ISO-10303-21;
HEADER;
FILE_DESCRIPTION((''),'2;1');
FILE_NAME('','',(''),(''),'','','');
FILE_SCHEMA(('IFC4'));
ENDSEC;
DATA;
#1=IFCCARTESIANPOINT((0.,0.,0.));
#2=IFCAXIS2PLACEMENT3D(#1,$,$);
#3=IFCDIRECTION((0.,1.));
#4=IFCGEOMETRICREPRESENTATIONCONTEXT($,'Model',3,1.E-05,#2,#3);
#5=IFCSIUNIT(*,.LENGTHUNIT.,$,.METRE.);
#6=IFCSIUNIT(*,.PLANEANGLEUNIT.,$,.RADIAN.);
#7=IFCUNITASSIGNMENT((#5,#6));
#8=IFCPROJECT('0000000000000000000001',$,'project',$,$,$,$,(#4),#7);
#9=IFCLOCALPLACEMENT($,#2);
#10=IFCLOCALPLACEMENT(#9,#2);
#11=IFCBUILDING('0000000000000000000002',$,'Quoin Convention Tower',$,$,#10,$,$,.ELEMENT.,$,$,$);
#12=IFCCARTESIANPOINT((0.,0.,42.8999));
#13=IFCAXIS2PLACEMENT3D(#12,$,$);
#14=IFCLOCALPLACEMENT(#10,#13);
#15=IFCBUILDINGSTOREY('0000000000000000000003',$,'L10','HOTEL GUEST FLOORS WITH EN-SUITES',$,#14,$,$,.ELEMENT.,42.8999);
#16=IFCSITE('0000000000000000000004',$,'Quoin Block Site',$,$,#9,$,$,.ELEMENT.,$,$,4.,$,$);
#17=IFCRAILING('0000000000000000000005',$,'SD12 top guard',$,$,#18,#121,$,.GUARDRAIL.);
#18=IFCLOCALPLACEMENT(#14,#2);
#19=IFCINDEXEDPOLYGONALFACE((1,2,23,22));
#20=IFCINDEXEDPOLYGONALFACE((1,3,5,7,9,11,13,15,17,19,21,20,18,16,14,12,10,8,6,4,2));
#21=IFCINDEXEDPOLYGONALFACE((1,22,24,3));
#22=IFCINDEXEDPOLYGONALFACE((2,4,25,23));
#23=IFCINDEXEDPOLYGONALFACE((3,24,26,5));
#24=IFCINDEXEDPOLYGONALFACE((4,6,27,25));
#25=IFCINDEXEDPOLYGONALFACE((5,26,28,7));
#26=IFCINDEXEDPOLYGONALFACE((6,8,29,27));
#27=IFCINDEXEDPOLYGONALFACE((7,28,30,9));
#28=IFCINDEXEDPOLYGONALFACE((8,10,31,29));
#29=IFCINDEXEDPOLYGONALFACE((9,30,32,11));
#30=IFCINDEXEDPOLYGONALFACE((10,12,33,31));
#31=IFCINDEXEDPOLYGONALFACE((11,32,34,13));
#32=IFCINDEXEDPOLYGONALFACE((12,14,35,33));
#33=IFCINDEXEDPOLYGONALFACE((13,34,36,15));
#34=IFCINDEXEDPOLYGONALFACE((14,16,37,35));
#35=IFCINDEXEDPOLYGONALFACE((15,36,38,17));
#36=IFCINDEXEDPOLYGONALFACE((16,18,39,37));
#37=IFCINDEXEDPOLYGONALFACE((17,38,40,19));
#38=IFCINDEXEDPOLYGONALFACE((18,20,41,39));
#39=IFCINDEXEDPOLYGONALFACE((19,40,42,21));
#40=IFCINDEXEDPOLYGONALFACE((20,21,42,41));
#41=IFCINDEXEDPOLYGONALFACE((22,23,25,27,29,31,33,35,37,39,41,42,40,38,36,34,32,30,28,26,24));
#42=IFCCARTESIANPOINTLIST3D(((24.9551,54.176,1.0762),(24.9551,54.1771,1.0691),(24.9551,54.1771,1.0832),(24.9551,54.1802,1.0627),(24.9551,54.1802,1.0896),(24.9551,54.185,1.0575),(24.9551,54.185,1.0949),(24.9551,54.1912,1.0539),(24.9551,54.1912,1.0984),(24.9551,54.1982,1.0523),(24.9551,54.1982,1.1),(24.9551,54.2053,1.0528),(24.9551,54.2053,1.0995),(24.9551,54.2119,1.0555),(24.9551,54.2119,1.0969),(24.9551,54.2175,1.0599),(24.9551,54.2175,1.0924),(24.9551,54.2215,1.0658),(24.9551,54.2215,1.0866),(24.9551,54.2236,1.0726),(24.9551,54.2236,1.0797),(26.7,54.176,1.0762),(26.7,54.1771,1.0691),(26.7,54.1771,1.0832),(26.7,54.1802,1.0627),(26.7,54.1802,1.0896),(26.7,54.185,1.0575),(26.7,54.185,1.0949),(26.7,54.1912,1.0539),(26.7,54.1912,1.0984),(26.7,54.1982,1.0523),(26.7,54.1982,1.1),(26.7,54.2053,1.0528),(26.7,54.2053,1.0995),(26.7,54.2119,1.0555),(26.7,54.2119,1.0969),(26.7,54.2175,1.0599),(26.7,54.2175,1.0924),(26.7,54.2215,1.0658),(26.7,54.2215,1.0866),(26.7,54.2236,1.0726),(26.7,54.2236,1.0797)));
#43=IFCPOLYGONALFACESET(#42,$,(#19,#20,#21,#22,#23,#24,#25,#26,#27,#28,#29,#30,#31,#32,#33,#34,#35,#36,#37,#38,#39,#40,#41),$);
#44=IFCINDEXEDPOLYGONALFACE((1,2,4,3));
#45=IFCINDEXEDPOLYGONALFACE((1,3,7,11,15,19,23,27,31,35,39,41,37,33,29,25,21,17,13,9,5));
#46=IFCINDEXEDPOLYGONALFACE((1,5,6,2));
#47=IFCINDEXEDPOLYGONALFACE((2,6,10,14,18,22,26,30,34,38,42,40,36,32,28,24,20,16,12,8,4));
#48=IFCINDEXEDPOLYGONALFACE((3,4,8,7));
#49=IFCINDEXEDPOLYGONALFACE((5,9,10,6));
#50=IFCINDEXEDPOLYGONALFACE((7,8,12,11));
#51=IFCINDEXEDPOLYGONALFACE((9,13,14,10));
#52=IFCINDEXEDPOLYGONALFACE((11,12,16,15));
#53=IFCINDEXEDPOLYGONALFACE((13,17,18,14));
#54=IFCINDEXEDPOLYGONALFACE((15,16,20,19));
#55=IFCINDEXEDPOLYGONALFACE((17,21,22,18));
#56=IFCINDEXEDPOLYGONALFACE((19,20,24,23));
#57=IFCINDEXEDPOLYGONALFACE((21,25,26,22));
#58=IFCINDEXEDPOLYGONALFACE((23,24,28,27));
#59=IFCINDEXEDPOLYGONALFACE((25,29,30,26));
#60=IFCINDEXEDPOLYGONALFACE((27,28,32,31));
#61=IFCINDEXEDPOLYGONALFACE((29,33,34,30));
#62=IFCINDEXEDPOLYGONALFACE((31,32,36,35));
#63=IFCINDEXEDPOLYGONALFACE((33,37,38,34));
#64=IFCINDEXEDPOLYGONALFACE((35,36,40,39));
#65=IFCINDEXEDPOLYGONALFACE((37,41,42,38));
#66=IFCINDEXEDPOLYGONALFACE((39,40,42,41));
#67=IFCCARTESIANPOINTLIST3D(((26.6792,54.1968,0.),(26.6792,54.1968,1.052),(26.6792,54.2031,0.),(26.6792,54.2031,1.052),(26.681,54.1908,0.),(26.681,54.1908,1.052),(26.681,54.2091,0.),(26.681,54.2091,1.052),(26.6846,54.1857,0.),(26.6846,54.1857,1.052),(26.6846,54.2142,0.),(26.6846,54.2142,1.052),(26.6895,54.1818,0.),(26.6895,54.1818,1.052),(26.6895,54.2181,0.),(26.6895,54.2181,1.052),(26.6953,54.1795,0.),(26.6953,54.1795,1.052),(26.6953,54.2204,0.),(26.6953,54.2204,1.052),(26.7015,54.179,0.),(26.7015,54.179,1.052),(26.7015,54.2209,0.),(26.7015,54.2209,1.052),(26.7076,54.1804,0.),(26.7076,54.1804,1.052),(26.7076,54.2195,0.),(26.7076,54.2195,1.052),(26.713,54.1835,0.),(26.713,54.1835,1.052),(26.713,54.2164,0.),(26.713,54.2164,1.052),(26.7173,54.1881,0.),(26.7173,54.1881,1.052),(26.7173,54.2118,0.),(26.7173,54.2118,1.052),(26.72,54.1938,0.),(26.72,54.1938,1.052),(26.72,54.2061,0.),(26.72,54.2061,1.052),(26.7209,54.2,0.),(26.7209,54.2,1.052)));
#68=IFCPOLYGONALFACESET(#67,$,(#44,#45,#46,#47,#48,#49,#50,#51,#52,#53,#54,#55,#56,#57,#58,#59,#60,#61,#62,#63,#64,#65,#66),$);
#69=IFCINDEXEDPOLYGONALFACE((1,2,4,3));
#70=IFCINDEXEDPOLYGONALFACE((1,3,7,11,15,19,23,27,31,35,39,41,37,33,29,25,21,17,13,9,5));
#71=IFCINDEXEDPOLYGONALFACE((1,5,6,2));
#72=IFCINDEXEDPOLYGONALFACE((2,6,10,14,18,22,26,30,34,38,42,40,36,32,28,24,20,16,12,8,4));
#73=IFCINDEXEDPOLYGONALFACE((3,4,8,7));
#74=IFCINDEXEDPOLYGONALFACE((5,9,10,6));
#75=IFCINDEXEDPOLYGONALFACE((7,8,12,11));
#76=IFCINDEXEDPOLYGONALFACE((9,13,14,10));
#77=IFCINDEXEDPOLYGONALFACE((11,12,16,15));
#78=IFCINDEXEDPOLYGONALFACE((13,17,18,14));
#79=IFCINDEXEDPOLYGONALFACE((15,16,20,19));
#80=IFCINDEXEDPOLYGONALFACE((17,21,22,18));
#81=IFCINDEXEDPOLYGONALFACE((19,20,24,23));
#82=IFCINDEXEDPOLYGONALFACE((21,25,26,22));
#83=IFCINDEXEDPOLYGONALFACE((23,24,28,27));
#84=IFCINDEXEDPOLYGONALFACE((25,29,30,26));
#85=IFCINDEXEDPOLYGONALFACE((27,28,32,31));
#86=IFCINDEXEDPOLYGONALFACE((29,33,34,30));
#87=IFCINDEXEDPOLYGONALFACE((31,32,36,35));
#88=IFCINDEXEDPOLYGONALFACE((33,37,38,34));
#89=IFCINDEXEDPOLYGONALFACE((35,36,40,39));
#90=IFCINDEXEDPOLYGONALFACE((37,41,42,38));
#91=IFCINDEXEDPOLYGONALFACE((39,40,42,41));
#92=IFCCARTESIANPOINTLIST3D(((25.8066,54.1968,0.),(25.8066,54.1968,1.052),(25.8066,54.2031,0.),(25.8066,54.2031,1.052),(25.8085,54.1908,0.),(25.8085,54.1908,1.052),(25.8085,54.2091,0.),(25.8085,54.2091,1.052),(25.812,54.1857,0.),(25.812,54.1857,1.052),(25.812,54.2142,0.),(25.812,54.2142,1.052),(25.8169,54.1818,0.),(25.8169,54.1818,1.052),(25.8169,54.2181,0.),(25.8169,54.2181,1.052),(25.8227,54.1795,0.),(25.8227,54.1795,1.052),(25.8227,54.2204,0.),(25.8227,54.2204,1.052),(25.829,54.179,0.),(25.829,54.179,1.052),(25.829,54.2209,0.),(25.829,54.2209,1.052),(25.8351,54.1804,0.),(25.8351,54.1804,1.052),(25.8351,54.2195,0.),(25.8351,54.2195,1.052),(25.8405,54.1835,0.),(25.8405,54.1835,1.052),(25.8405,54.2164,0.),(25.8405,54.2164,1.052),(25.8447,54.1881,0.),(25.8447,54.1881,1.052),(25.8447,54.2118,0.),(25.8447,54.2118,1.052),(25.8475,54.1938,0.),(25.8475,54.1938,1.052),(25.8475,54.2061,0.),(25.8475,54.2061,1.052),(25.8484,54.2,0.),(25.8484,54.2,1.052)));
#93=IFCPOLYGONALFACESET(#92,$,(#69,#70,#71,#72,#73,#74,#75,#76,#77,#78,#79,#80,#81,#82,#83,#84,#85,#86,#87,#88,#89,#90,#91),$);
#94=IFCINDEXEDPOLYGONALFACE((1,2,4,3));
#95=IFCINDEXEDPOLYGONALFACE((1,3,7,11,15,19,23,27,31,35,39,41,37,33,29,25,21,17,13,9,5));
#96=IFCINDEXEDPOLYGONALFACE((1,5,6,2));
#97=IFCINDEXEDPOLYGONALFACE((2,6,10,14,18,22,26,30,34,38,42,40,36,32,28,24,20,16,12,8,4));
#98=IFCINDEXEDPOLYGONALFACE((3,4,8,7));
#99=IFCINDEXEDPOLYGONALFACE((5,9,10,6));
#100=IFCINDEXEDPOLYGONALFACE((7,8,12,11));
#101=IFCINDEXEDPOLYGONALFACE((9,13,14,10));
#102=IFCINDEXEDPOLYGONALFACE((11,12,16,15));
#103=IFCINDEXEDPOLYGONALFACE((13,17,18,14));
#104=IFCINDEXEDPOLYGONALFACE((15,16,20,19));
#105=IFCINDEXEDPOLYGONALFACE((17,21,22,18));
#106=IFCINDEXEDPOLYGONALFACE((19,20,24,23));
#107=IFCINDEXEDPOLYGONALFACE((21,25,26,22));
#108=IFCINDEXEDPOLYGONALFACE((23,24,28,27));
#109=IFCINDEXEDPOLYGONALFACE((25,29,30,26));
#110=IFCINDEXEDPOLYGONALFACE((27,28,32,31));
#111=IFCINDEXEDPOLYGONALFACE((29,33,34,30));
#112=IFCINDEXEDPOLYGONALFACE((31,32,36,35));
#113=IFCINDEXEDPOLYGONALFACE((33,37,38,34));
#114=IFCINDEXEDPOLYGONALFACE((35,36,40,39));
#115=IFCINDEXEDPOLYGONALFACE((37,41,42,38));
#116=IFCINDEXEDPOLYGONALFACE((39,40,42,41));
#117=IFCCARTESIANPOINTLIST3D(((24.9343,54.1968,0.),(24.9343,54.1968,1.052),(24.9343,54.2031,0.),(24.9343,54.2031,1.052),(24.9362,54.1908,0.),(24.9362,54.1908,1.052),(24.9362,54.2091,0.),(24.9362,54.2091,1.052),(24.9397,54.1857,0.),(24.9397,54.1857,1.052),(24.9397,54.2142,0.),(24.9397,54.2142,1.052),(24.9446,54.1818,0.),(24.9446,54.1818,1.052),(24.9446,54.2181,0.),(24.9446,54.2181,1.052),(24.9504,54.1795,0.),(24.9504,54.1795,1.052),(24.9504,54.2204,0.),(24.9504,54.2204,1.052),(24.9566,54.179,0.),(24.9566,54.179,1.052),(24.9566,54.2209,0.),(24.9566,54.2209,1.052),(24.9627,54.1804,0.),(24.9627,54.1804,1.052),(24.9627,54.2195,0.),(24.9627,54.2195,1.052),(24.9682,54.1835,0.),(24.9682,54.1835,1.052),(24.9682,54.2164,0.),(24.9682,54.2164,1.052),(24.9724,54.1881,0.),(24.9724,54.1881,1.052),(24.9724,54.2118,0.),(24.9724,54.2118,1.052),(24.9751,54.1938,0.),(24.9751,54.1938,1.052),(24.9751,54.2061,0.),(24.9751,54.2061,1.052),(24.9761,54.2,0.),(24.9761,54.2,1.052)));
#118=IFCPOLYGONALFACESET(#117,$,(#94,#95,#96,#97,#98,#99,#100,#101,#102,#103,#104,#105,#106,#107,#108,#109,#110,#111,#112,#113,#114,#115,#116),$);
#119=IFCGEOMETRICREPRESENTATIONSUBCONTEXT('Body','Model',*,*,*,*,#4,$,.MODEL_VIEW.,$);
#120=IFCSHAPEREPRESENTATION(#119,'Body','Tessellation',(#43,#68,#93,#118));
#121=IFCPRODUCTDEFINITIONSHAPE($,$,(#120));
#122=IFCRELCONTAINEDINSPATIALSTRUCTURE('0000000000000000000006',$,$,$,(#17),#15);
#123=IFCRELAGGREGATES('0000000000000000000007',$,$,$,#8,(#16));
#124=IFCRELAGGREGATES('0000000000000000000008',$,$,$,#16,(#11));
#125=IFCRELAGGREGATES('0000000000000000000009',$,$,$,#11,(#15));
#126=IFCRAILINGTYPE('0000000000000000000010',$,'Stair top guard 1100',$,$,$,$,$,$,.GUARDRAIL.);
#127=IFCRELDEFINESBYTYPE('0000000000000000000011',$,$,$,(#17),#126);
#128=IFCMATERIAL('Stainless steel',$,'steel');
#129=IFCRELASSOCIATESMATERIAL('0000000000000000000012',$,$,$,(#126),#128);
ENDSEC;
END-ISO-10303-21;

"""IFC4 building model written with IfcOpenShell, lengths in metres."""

from ifc_helpers import new_model, si_unit, direction, frame, origin, origin_2d, place, context, subcontext, project, spatial, circle, extrude, material, type_object, element, save


model = new_model("IFC4")

# Units and contexts
model_context = context("Model", 3, precision=1e-05, world=origin(), true_north=direction((0.0, 1.0)))
body_context = subcontext(model_context, "Body", "Model", "MODEL_VIEW")
ifc_project = project(units=[si_unit("LENGTHUNIT", "METRE"), si_unit("PLANEANGLEUNIT", "RADIAN")], contexts=[model_context])

# Site, building, storey
site_placement = place(None, origin())
site = spatial("IfcSite", under=ifc_project, at=site_placement, Name="Quoin Block Site", CompositionType="ELEMENT", RefElevation=4.0)
building_placement = place(site_placement, origin())
building = spatial("IfcBuilding", under=site, at=building_placement, Name="Quoin Convention Tower", CompositionType="ELEMENT")
storey_placement = place(building_placement, frame((0.0, 0.0, 42.8999)))
storey = spatial("IfcBuildingStorey", under=building, at=storey_placement, Name="L10", Description="HOTEL GUEST FLOORS WITH EN-SUITES", CompositionType="ELEMENT", Elevation=42.8999)

# Railing
ifc_material_1 = material(Name="Stainless steel", Category="steel")
railing_type_1 = type_object("IfcRailingType", Name="Stair top guard 1100", PredefinedType="GUARDRAIL", material=ifc_material_1)
for number, where, name in (
    (1, (26.7, 54.2, 0.0), "SD12 top guard"),
):
    element("IfcRailing", number, at=place(storey_placement, frame(where)), inside=storey, type_object=railing_type_1, Name=name, PredefinedType="GUARDRAIL", context=body_context, shape_type="SweptSolid", body=[
        extrude(circle(Radius=0.0239, at=origin_2d()), frame((0.0, 0.0, 1.0762), z_axis=(-1.0, 0.0, 0.0), x_axis=(0.0, -1.0, 0.0)), (0.0, 0.0, 1.0), 1.7449),
        extrude(circle(Radius=0.021, at=origin_2d()), origin(), (0.0, 0.0, 1.0), 1.052),
        extrude(circle(Radius=0.021, at=origin_2d()), frame((-0.8726, 0.0, 0.0)), (0.0, 0.0, 1.0), 1.052),
        extrude(circle(Radius=0.021, at=origin_2d()), frame((-1.7449, 0.0, 0.0)), (0.0, 0.0, 1.0), 1.052),
    ])

save(model, "model.ifc")
